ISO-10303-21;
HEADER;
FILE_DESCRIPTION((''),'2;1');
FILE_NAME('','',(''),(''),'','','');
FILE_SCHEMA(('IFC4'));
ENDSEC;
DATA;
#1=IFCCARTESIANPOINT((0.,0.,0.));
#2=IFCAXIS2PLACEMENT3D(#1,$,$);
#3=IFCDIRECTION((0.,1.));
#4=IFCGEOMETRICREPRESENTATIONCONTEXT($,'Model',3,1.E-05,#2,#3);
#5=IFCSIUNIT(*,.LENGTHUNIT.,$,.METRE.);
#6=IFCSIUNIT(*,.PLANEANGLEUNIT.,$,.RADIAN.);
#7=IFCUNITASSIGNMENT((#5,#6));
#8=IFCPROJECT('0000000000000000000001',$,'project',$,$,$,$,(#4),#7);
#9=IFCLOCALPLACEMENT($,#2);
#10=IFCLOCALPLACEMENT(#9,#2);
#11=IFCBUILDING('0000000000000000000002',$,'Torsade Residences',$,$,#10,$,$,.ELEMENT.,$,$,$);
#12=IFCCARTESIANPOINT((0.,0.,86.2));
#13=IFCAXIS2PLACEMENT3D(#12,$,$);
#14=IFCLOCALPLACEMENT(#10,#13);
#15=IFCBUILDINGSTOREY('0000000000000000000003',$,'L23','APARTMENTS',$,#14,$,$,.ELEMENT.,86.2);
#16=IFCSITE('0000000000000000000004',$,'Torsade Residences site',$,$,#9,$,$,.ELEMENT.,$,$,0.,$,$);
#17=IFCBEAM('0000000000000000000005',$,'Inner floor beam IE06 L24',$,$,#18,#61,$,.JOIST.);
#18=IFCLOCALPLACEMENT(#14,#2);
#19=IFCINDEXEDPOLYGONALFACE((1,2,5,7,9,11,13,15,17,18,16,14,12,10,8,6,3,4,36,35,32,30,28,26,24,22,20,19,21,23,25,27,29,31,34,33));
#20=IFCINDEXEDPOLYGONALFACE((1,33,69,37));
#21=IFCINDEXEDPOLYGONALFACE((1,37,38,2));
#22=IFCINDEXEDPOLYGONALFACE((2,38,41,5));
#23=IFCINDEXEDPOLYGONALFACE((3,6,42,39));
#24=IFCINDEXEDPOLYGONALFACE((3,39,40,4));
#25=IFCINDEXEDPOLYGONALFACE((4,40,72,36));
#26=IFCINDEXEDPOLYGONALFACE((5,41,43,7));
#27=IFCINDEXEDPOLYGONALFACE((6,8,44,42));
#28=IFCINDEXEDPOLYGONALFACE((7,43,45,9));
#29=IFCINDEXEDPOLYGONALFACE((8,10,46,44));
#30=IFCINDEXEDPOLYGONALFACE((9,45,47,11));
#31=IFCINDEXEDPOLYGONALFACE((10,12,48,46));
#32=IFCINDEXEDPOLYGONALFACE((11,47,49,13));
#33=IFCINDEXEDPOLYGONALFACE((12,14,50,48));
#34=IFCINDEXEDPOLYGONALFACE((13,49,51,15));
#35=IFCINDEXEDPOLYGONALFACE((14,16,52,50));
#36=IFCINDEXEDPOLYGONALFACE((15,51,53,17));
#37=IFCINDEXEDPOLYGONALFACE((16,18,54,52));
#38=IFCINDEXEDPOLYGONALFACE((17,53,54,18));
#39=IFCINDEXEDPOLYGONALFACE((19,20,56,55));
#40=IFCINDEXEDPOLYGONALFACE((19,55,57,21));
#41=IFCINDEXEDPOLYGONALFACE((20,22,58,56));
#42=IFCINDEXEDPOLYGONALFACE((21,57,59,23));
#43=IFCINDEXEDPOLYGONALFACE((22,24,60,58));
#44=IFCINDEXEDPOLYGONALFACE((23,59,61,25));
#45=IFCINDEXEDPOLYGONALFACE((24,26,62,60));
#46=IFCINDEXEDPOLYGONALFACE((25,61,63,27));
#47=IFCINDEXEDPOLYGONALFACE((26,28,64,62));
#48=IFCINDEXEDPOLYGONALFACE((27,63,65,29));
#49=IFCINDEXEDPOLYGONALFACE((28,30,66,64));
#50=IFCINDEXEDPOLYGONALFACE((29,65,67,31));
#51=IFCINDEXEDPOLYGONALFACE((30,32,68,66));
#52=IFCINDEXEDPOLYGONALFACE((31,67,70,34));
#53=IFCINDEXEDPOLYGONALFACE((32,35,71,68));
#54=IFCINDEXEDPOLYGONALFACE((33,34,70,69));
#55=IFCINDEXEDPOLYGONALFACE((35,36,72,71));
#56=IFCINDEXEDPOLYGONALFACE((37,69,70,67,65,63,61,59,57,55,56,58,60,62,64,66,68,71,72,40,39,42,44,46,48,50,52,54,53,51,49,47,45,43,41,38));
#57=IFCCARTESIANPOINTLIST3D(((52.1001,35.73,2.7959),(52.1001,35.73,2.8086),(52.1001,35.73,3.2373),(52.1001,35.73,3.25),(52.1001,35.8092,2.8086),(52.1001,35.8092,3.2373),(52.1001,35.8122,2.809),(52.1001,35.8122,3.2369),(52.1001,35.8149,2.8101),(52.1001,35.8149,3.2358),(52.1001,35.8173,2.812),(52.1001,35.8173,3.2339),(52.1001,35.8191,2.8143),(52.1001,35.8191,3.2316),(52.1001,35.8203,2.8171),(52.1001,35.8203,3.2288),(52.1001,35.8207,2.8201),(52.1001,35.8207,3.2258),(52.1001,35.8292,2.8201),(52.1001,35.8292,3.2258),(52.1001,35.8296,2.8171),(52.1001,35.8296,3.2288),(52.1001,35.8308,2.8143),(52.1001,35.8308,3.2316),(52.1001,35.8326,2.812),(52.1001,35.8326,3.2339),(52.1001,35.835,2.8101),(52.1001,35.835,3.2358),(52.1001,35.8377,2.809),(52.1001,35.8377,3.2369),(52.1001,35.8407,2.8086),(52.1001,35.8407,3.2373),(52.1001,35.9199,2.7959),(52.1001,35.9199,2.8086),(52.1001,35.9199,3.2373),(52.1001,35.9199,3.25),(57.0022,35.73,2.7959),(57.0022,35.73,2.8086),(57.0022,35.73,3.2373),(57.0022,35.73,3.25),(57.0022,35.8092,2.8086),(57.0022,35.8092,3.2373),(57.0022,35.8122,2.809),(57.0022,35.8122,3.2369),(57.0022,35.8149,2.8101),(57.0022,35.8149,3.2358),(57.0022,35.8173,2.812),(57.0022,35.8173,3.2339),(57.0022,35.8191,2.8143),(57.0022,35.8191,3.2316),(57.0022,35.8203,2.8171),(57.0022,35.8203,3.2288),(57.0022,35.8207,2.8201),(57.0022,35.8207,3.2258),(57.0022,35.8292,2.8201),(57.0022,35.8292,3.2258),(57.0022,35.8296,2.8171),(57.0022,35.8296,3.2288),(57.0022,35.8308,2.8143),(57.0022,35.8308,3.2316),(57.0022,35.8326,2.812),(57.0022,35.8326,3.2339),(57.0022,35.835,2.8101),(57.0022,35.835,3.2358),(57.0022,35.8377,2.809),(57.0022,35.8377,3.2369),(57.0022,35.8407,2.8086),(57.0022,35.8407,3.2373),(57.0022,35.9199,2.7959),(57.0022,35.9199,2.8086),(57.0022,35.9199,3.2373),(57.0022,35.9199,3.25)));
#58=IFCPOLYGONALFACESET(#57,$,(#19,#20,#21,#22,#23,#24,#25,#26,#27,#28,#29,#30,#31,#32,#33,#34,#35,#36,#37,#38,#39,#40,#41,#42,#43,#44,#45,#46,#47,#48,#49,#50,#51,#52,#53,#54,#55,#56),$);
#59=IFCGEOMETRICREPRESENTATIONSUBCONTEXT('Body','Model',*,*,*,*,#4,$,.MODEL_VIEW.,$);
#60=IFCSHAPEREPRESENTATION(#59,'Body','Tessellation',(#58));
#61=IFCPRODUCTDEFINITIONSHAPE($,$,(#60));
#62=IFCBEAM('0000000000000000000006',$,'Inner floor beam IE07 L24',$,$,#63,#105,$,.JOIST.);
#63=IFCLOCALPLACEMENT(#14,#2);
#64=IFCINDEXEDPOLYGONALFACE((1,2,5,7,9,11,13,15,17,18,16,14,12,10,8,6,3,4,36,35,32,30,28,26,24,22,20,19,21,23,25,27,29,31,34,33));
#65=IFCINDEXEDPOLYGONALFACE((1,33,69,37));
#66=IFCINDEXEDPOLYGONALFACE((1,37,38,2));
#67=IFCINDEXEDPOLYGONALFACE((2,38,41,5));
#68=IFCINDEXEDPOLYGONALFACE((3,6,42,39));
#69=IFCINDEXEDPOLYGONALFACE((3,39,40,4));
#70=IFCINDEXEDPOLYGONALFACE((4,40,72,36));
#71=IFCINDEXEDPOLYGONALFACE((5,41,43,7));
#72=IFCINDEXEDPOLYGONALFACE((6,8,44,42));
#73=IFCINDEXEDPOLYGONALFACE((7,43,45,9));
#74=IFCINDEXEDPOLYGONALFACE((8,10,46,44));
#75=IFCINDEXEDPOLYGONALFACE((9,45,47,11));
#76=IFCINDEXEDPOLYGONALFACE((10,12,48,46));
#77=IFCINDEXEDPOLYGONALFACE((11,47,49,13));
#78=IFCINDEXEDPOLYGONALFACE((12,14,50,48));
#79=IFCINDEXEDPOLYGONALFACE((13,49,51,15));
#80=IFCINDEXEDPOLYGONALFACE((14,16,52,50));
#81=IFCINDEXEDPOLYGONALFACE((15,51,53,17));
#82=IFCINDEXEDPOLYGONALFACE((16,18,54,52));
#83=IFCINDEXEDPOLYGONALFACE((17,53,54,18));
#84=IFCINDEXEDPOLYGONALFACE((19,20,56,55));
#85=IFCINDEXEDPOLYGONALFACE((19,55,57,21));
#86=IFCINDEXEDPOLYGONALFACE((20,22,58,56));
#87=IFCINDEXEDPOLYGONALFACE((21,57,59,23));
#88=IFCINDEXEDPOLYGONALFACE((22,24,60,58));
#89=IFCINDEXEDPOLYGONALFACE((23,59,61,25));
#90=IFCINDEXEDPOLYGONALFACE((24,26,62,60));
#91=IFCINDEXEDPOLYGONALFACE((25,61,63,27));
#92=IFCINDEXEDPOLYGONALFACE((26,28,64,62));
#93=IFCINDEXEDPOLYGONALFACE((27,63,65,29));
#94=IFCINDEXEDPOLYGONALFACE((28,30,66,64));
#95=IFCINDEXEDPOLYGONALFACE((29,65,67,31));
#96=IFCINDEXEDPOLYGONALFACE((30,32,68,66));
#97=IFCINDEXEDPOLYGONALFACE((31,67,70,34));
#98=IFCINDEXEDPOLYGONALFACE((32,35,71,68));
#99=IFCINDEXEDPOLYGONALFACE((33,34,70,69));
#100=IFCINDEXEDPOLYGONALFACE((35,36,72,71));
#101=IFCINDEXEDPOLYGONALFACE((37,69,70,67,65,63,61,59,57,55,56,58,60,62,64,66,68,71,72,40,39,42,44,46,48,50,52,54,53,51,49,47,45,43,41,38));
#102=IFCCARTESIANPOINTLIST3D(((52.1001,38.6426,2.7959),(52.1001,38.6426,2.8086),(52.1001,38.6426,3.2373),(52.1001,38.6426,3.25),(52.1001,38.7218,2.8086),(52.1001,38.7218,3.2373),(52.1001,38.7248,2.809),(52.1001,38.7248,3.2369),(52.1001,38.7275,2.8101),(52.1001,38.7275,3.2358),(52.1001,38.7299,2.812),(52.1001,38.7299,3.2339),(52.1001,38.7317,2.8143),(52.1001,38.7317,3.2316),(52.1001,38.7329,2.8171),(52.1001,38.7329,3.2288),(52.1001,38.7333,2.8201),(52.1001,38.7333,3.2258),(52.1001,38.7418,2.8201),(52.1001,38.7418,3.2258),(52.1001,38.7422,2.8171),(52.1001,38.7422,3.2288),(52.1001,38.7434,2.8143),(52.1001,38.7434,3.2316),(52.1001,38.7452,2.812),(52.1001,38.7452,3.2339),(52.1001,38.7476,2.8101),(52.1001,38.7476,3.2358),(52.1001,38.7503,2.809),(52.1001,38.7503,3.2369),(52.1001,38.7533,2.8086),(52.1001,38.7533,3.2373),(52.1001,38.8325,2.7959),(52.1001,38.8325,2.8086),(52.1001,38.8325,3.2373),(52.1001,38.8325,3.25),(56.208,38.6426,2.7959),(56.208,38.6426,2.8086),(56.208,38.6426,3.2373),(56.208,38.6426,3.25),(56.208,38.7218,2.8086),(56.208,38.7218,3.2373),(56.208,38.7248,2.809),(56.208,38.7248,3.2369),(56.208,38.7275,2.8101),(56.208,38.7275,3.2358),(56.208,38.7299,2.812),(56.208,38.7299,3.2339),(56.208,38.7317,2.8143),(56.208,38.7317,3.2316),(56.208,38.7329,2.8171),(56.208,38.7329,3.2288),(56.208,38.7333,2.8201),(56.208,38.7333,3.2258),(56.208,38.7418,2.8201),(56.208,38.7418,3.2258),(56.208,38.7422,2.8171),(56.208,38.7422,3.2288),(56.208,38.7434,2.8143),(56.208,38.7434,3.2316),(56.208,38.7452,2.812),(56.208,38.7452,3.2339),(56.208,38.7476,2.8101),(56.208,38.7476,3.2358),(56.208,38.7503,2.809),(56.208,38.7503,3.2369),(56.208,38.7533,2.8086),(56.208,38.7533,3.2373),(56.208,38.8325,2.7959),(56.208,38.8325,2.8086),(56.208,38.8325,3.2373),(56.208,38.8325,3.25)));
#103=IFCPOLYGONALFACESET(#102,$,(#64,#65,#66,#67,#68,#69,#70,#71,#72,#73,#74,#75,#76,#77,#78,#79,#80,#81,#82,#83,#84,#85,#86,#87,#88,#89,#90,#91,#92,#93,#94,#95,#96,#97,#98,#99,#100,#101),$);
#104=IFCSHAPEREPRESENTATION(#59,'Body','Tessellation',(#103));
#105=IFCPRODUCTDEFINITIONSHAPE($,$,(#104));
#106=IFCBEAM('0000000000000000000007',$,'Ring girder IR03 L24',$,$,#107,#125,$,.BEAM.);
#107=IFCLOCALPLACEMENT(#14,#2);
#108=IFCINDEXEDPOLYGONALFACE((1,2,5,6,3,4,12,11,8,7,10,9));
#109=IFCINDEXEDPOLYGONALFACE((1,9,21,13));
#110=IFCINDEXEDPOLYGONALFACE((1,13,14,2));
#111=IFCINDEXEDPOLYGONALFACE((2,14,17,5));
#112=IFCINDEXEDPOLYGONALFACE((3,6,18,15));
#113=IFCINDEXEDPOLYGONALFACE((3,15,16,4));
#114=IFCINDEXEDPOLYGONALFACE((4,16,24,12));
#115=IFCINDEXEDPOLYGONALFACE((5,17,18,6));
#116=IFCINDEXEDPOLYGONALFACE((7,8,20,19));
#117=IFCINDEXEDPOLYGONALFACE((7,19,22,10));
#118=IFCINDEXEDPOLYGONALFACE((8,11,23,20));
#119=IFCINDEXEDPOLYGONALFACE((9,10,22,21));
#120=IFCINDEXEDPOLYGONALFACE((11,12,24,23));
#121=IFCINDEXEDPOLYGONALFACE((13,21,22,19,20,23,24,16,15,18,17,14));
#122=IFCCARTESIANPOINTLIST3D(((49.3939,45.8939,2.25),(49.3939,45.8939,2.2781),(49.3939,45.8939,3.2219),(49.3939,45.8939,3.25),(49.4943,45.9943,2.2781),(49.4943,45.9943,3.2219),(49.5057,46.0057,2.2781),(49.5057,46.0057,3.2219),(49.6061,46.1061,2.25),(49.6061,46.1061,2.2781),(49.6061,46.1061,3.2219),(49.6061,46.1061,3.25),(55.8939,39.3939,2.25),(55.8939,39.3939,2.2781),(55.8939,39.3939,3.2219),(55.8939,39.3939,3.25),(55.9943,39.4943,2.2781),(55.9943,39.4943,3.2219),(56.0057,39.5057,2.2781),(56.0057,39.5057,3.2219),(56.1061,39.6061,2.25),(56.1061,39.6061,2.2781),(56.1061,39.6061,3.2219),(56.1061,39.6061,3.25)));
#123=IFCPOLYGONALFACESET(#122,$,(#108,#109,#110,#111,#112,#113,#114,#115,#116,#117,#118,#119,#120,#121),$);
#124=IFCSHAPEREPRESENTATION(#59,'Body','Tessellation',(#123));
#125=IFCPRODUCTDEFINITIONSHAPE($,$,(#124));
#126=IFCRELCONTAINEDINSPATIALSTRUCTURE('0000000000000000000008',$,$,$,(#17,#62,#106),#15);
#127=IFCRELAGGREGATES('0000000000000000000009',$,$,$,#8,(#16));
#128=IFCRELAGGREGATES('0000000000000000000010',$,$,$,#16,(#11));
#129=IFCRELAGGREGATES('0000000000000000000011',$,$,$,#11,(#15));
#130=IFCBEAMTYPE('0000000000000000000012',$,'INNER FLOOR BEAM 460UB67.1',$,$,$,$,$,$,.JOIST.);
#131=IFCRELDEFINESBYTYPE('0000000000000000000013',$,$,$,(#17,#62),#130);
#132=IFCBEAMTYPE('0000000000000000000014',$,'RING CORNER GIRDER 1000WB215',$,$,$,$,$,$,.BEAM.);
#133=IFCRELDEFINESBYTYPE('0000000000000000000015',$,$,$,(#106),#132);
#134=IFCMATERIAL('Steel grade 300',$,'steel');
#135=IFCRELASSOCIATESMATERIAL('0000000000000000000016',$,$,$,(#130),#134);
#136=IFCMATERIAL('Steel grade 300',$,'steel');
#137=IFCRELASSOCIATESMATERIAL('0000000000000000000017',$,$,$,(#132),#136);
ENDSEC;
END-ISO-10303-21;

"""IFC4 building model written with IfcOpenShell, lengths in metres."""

from ifc_helpers import new_model, si_unit, direction, frame, origin, origin_2d, place, context, subcontext, project, spatial, i_section, extrude, material, material_profile, profile_set, type_object, element, save


model = new_model("IFC4")

# Units and contexts
model_context = context("Model", 3, precision=1e-05, world=origin(), true_north=direction((0.0, 1.0)))
body_context = subcontext(model_context, "Body", "Model", "MODEL_VIEW")
ifc_project = project(units=[si_unit("LENGTHUNIT", "METRE"), si_unit("PLANEANGLEUNIT", "RADIAN")], contexts=[model_context])

# Site, building, storey
site_placement = place(None, origin())
site = spatial("IfcSite", under=ifc_project, at=site_placement, Name="Torsade Residences site", CompositionType="ELEMENT", RefElevation=0.0)
building_placement = place(site_placement, origin())
building = spatial("IfcBuilding", under=site, at=building_placement, Name="Torsade Residences", CompositionType="ELEMENT")
storey_placement = place(building_placement, frame((0.0, 0.0, 86.2)))
storey = spatial("IfcBuildingStorey", under=building, at=storey_placement, Name="L23", Description="APARTMENTS", CompositionType="ELEMENT", Elevation=86.2)

# Beams
ifc_material_1 = material(Name="Steel grade 300", Category="steel")
ifc_material_profile_1 = material_profile(ifc_material_1, i_section(OverallWidth=0.1899, OverallDepth=0.4541, WebThickness=0.0085, FlangeThickness=0.0127, FilletRadius=0.0115, at=origin_2d()), Name="460UB67.1")
ifc_profile_set_1 = profile_set([ifc_material_profile_1], Name="Steel grade 300")
beam_type_1 = type_object("IfcBeamType", Name="INNER FLOOR BEAM 460UB67.1", PredefinedType="JOIST", material=ifc_profile_set_1)
beam_1_placement = place(storey_placement, frame((52.1001, 35.825, 3.0229), z_axis=(1.0, 0.0, 0.0), x_axis=(0.0, 1.0, 0.0)))
element("IfcBeam", 1, at=beam_1_placement, inside=storey, type_object=beam_type_1, Name="Inner floor beam IE06 L24", PredefinedType="JOIST", context=body_context, shape_type="SweptSolid", body=[
    extrude(i_section(OverallWidth=0.1899, OverallDepth=0.4541, WebThickness=0.0085, FlangeThickness=0.0127, FilletRadius=0.0115, at=origin_2d()), origin(), (0.0, 0.0, 1.0), 4.9021),
])
beam_2_placement = place(storey_placement, frame((52.1001, 38.7375, 3.0229), z_axis=(1.0, 0.0, 0.0), x_axis=(0.0, 1.0, 0.0)))
element("IfcBeam", 2, at=beam_2_placement, inside=storey, type_object=beam_type_1, Name="Inner floor beam IE07 L24", PredefinedType="JOIST", context=body_context, shape_type="SweptSolid", body=[
    extrude(i_section(OverallWidth=0.1899, OverallDepth=0.4541, WebThickness=0.0085, FlangeThickness=0.0127, FilletRadius=0.0115, at=origin_2d()), origin(), (0.0, 0.0, 1.0), 4.1079),
])
ifc_material_2 = material(Name="Steel grade 300", Category="steel")
ifc_material_profile_2 = material_profile(ifc_material_2, i_section(OverallWidth=0.3, OverallDepth=1.0, WebThickness=0.0161, FlangeThickness=0.0281, at=origin_2d()), Name="1000WB215")
ifc_profile_set_2 = profile_set([ifc_material_profile_2], Name="Steel grade 300")
beam_type_2 = type_object("IfcBeamType", Name="RING CORNER GIRDER 1000WB215", PredefinedType="BEAM", material=ifc_profile_set_2)
beam_3_placement = place(storey_placement, frame((56.0, 39.5, 2.75), z_axis=(-0.707107, 0.707107, 0.0), x_axis=(-0.707107, -0.707107, 0.0)))
element("IfcBeam", 3, at=beam_3_placement, inside=storey, type_object=beam_type_2, Name="Ring girder IR03 L24", PredefinedType="BEAM", context=body_context, shape_type="SweptSolid", body=[
    extrude(i_section(OverallWidth=0.3, OverallDepth=1.0, WebThickness=0.0161, FlangeThickness=0.0281, at=origin_2d()), origin(), (0.0, 0.0, 1.0), 9.1924),
])

save(model, "model.ifc")
